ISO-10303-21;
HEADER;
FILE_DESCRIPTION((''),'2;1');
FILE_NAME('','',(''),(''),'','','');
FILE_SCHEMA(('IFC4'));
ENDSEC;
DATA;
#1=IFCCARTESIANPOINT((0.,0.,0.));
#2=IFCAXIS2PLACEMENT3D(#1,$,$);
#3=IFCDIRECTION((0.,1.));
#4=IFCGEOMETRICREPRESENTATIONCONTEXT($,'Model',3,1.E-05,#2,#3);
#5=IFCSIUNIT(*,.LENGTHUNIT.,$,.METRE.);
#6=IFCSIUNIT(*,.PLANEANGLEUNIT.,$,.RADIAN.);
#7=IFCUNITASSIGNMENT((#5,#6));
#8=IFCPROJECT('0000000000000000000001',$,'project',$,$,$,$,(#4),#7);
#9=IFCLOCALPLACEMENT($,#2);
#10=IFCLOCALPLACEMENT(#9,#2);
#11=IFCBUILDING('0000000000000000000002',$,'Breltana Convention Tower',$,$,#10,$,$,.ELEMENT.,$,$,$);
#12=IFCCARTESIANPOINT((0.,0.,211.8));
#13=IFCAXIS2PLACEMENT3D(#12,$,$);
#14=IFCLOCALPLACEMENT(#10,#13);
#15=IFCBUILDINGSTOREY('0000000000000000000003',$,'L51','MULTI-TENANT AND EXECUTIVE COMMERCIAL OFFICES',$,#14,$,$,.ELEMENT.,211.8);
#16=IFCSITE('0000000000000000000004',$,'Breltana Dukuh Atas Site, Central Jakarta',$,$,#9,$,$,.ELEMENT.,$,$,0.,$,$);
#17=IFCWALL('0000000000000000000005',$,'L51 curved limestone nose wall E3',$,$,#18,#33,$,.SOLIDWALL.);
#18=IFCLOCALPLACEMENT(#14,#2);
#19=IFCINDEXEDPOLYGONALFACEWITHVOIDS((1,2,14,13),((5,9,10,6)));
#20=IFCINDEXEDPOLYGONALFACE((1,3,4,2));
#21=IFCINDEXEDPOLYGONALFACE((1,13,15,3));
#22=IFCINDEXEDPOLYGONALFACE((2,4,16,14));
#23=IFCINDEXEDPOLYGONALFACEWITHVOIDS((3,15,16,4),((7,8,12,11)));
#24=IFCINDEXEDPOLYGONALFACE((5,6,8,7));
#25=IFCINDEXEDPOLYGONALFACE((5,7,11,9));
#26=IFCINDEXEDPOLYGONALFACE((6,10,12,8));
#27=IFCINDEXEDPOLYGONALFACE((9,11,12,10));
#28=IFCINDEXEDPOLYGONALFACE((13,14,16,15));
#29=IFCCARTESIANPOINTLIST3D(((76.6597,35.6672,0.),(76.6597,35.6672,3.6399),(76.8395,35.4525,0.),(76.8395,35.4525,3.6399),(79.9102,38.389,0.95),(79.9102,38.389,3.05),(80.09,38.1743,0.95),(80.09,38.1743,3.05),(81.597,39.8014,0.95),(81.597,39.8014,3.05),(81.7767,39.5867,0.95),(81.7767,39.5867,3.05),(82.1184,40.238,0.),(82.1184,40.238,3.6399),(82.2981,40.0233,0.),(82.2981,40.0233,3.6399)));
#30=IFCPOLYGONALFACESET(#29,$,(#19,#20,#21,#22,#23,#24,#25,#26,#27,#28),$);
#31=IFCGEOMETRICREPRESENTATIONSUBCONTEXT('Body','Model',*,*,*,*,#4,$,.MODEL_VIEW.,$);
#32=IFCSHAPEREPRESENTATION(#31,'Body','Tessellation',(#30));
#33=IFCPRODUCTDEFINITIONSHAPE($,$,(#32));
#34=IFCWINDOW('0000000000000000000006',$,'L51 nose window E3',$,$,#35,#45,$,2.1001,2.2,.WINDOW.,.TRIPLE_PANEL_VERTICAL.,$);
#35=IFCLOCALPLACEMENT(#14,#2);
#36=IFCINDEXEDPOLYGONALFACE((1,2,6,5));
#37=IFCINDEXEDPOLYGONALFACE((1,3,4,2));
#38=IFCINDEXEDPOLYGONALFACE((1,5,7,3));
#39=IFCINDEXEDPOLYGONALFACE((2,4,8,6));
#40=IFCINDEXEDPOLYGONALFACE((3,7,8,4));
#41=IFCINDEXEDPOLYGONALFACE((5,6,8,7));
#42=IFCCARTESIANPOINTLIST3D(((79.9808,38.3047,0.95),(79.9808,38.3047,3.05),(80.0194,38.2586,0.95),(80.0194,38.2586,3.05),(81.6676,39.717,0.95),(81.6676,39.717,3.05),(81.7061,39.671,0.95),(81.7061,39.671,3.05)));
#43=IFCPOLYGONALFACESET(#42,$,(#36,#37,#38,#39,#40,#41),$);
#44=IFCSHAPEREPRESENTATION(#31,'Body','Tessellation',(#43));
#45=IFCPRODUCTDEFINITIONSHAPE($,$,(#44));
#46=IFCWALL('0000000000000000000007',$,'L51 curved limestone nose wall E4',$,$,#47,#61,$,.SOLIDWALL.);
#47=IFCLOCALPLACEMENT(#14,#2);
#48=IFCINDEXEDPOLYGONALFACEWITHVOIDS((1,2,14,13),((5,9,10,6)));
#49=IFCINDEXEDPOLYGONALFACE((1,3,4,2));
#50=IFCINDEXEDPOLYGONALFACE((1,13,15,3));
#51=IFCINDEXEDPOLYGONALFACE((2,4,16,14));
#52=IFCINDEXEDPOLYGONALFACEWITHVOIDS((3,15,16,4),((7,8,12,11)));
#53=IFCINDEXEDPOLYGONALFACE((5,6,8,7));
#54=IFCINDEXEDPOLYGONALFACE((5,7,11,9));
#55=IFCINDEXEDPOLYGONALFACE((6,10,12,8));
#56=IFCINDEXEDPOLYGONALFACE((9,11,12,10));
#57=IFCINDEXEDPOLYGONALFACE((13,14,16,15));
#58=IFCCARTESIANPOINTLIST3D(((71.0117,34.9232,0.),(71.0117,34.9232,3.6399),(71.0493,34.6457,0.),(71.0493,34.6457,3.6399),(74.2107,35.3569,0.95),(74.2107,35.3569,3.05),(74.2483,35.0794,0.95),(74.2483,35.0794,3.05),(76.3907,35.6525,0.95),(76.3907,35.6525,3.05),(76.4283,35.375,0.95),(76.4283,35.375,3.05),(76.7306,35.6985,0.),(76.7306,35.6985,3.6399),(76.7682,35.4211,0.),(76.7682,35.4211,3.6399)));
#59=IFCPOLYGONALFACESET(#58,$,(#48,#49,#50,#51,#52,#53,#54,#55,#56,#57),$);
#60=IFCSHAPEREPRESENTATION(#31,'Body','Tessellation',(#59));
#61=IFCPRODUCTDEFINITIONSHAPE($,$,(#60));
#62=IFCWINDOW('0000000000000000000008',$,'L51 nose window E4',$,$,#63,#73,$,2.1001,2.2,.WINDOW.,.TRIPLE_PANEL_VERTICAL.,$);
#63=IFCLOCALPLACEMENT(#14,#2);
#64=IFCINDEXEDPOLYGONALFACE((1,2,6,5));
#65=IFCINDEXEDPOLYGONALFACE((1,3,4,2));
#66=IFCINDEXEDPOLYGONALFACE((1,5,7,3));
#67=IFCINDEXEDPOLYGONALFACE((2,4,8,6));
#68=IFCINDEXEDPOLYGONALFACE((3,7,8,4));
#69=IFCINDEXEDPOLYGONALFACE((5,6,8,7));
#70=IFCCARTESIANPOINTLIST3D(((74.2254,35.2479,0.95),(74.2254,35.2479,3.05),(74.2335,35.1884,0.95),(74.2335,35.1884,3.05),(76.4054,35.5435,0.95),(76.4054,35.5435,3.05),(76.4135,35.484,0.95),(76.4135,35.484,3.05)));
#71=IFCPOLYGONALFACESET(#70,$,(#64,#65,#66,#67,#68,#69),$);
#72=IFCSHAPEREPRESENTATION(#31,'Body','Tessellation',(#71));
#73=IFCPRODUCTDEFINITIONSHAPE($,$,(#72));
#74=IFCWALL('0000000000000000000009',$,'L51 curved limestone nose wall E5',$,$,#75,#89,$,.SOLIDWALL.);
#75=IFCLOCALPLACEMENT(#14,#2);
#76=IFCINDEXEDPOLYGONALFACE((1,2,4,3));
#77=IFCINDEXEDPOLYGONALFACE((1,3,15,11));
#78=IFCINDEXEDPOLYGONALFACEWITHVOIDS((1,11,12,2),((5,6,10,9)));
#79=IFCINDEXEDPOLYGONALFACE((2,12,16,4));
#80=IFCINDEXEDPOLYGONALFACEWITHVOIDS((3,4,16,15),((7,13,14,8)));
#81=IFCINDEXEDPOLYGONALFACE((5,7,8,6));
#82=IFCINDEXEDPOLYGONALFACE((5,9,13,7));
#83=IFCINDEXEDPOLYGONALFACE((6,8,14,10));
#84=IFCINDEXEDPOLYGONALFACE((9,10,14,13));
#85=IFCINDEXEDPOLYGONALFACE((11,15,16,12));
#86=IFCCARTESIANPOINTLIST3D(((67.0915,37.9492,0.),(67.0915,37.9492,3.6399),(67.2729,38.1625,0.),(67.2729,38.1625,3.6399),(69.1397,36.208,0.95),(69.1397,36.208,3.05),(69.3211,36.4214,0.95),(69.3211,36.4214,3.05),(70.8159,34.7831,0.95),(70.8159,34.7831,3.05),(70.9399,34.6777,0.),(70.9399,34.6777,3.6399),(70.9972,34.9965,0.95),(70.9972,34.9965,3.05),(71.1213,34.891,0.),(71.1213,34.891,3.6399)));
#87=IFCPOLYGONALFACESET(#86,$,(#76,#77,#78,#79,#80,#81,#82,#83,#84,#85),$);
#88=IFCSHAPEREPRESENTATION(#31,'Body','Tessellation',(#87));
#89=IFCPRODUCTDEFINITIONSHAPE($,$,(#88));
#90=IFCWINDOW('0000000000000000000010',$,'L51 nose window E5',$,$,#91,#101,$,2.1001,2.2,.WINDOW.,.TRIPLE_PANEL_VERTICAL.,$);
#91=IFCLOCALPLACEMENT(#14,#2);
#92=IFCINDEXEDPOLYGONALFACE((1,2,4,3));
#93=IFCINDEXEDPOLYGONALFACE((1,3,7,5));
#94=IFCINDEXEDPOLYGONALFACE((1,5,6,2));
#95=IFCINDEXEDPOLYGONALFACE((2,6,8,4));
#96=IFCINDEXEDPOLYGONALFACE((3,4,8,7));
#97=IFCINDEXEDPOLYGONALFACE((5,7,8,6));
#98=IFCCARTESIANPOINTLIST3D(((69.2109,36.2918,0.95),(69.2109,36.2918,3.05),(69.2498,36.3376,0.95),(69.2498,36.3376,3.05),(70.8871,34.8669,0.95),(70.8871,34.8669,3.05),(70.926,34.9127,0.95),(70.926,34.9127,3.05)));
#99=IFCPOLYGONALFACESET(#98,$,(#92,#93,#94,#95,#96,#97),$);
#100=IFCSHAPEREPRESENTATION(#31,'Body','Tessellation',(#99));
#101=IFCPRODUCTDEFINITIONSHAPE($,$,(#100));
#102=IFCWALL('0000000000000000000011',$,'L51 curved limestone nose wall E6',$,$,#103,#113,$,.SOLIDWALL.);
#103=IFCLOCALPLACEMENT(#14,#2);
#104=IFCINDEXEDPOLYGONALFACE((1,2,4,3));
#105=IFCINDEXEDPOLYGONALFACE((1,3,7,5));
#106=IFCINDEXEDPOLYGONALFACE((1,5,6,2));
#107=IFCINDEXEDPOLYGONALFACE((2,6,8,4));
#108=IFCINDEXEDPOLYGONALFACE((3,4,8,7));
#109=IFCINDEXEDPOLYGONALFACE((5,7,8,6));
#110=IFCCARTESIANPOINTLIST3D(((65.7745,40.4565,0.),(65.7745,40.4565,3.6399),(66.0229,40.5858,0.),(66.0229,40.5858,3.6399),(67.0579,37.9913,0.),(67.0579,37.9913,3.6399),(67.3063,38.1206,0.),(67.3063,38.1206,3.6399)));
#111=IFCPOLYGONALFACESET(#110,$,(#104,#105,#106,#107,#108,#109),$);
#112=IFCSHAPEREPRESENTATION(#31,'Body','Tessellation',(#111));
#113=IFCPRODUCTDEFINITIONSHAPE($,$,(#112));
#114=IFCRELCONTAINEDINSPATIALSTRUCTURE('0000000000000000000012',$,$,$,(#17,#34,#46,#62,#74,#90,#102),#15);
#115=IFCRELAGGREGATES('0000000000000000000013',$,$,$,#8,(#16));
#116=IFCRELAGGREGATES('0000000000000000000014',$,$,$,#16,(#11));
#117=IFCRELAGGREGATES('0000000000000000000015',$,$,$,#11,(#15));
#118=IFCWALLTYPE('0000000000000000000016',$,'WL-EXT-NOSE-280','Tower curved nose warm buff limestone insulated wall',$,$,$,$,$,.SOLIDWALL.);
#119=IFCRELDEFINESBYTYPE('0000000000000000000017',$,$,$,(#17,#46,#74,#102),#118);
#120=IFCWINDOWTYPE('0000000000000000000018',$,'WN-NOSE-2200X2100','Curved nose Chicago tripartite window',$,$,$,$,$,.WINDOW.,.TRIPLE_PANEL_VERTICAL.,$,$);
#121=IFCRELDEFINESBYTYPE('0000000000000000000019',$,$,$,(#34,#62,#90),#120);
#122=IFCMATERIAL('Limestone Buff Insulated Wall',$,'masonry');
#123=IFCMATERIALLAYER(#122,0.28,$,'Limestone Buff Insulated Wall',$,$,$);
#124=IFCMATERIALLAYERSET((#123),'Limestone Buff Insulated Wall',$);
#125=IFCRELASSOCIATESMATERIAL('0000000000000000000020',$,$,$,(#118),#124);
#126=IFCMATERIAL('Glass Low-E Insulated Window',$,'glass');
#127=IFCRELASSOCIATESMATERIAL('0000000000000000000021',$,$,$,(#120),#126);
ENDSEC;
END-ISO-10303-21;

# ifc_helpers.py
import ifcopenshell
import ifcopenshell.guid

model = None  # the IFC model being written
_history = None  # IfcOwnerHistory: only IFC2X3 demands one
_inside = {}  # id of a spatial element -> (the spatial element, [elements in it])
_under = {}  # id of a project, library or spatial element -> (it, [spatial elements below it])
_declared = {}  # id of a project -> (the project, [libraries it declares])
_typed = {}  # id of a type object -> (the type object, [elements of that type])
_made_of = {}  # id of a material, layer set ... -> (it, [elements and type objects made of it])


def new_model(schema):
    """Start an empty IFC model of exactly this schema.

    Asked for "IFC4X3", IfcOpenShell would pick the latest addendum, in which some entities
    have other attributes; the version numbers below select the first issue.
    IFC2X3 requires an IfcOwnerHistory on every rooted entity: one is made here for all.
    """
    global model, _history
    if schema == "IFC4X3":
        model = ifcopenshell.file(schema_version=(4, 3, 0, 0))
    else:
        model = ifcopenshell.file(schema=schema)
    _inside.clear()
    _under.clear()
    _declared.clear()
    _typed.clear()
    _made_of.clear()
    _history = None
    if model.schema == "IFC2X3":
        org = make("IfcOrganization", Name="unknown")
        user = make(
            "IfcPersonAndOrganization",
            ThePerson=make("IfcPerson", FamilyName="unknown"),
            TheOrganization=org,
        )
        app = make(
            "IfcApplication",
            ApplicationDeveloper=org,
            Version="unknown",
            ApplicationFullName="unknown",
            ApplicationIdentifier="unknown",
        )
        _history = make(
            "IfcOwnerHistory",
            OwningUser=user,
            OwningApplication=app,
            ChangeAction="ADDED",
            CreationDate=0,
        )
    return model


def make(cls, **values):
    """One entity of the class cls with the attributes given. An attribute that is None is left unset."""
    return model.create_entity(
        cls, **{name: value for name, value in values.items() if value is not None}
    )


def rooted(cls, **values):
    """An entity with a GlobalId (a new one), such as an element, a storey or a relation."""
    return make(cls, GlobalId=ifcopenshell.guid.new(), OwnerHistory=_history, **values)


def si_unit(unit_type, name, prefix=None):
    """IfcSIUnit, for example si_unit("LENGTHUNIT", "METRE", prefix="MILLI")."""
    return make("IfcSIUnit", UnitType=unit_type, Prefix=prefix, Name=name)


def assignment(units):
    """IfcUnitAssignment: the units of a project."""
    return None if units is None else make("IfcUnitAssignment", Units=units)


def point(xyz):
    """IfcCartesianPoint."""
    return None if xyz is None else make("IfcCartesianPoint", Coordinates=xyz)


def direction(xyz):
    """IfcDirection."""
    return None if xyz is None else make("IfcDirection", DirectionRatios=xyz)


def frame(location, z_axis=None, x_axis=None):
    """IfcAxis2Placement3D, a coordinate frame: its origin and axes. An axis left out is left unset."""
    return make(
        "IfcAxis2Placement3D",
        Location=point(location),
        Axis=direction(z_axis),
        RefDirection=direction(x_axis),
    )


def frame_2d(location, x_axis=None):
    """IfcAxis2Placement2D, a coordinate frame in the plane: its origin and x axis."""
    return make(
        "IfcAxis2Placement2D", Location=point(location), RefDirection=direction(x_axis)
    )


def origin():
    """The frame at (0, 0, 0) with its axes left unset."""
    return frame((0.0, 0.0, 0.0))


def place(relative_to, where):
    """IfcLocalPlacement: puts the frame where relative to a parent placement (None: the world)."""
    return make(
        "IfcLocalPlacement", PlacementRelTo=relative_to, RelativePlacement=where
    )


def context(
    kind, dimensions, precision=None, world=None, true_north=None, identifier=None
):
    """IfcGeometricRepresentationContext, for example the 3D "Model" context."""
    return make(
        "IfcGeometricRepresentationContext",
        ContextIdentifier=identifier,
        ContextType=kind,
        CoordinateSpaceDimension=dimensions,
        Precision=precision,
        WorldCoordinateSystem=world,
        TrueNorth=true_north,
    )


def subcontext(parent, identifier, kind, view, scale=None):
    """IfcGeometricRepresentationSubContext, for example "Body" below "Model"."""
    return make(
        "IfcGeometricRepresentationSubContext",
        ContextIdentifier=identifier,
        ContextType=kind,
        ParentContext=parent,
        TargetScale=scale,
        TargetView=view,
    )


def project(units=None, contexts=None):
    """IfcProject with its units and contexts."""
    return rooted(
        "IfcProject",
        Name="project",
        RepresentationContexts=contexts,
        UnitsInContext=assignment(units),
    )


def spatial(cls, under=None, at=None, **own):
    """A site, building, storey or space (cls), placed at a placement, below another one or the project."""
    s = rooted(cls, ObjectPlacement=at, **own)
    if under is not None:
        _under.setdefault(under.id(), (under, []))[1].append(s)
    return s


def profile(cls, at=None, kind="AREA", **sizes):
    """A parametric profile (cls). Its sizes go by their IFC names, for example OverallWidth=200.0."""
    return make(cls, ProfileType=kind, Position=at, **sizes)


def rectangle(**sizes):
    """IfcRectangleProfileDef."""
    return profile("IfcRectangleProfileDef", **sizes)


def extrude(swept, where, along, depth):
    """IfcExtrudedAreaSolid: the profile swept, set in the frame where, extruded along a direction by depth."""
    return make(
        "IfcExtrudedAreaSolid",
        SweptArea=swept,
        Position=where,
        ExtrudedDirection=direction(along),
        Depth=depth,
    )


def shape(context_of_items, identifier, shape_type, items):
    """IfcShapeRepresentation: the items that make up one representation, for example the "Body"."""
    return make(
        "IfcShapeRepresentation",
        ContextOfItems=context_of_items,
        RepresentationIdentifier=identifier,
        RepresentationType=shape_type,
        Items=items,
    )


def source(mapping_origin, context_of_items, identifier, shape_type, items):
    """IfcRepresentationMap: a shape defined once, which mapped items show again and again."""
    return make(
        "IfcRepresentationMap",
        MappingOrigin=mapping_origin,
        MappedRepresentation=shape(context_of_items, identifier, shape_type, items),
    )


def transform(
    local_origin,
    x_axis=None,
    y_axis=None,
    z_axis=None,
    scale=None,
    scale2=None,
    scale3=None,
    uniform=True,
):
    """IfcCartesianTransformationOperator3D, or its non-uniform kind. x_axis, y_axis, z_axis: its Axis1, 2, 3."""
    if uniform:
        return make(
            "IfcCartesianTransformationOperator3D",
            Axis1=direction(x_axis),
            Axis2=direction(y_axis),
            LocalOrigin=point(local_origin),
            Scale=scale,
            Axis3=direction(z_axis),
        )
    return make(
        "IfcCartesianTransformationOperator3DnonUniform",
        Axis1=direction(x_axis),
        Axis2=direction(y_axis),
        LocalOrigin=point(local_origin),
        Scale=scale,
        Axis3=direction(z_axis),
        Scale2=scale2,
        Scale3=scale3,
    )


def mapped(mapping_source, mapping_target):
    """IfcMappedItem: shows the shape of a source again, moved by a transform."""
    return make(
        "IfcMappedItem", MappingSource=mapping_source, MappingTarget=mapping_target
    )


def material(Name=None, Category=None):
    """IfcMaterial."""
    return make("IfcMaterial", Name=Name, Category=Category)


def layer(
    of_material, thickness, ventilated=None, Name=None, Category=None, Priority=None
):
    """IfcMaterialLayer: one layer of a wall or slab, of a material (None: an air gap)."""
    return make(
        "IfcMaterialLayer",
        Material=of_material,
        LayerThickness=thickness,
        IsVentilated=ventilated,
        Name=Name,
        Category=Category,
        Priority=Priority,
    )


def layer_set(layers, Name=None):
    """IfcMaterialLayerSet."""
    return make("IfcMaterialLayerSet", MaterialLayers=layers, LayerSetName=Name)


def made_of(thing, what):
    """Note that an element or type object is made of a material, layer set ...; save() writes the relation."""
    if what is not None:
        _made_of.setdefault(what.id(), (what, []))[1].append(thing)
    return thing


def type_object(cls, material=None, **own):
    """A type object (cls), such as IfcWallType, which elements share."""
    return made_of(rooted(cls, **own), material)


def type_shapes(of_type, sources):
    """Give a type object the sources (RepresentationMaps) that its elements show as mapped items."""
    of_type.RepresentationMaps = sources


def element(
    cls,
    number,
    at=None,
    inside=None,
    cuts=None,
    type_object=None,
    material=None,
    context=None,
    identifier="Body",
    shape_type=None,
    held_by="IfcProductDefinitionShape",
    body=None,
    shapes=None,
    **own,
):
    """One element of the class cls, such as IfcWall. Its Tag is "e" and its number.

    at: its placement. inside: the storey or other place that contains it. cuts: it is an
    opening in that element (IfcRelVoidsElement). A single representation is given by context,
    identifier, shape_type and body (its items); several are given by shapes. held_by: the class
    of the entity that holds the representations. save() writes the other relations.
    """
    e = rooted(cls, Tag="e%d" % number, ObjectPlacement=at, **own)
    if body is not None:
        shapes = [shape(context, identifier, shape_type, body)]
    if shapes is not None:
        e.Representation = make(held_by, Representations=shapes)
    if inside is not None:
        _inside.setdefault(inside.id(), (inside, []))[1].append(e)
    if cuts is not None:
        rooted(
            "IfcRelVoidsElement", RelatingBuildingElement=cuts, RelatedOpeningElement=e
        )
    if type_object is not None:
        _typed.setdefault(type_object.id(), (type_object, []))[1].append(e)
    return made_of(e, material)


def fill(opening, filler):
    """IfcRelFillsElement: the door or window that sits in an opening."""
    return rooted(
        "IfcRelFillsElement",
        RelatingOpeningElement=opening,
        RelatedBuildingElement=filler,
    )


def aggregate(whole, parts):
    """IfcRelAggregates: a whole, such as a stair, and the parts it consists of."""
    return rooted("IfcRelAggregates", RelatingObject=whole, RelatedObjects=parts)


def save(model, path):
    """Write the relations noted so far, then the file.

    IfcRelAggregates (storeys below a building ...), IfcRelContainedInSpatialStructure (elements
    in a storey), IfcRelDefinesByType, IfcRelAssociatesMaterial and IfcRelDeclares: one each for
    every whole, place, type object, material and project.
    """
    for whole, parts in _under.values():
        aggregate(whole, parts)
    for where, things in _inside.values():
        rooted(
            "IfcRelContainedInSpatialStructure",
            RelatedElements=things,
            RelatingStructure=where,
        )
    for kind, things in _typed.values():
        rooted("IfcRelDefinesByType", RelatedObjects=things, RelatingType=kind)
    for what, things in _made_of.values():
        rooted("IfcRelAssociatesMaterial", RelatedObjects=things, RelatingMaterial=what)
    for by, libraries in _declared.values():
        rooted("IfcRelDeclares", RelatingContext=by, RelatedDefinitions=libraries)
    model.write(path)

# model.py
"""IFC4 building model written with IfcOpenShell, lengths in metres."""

from ifc_helpers import new_model, si_unit, direction, frame, frame_2d, origin, place, context, subcontext, project, spatial, rectangle, extrude, source, transform, mapped, material, layer, layer_set, type_object, type_shapes, element, fill, save


model = new_model("IFC4")

# Units and contexts
model_context = context("Model", 3, precision=1e-05, world=origin(), true_north=direction((0.0, 1.0)))
body_context = subcontext(model_context, "Body", "Model", "MODEL_VIEW")
ifc_project = project(units=[si_unit("LENGTHUNIT", "METRE"), si_unit("PLANEANGLEUNIT", "RADIAN")], contexts=[model_context])

# Site, building, storey
site_placement = place(None, origin())
site = spatial("IfcSite", under=ifc_project, at=site_placement, Name="Breltana Dukuh Atas Site, Central Jakarta", CompositionType="ELEMENT", RefElevation=0.0)
building_placement = place(site_placement, origin())
building = spatial("IfcBuilding", under=site, at=building_placement, Name="Breltana Convention Tower", CompositionType="ELEMENT")
storey_placement = place(building_placement, frame((0.0, 0.0, 211.8)))
storey = spatial("IfcBuildingStorey", under=building, at=storey_placement, Name="L51", Description="MULTI-TENANT AND EXECUTIVE COMMERCIAL OFFICES", CompositionType="ELEMENT", Elevation=211.8)

# Walls, openings, windows
ifc_material_1 = material(Name="Limestone Buff Insulated Wall", Category="masonry")
ifc_layer_1 = layer(ifc_material_1, 0.28, Name="Limestone Buff Insulated Wall")
ifc_layer_set_1 = layer_set([ifc_layer_1], Name="Limestone Buff Insulated Wall")
wall_type = type_object("IfcWallType", Name="WL-EXT-NOSE-280", Description="Tower curved nose warm buff limestone insulated wall", PredefinedType="SOLIDWALL", material=ifc_layer_set_1)
shared_shape_1 = source(origin(), body_context, "Body", "SweptSolid", [
    extrude(rectangle(XDim=7.1196, YDim=0.28, at=frame_2d((3.5598, 0.0))), origin(), (0.0, 0.0, 1.0), 3.6399),
])
wall_1_placement = place(storey_placement, frame((82.2083, 40.1306, 0.0), z_axis=(0.0, 0.0, 1.0), x_axis=(-0.76671, -0.641994, 0.0)))
wall_1 = element("IfcWall", 1, at=wall_1_placement, inside=storey, type_object=wall_type, Name="L51 curved limestone nose wall E3", PredefinedType="SOLIDWALL", context=body_context, shape_type="MappedRepresentation", body=[
    mapped(shared_shape_1, transform((0.0, 0.0, 0.0), scale=1.0)),
])
opening_1_placement = place(wall_1_placement, frame((0.6799, 0.0, 0.95)))
opening_1 = element("IfcOpeningElement", 2, at=opening_1_placement, cuts=wall_1, PredefinedType="OPENING", context=body_context, shape_type="SweptSolid", body=[
    extrude(rectangle(XDim=2.2, YDim=2.1001, at=frame_2d((1.1001, 1.05))), frame((0.0, 0.1499, 0.0), z_axis=(0.0, -1.0, 0.0), x_axis=(1.0, 0.0, 0.0)), (0.0, 0.0, 1.0), 0.3),
])
ifc_material_2 = material(Name="Glass Low-E Insulated Window", Category="glass")
window_type = type_object("IfcWindowType", Name="WN-NOSE-2200X2100", Description="Curved nose Chicago tripartite window", PartitioningType="TRIPLE_PANEL_VERTICAL", PredefinedType="WINDOW", material=ifc_material_2)
shared_shape_2 = source(origin(), body_context, "Body", "SweptSolid", [
    extrude(rectangle(XDim=2.2, YDim=2.1001, at=frame_2d((1.1001, 1.05))), frame((0.0, 0.03, 0.0), z_axis=(0.0, -1.0, 0.0), x_axis=(1.0, 0.0, 0.0)), (0.0, 0.0, 1.0), 0.0601),
])
type_shapes(window_type, [shared_shape_2])
window_1_placement = place(opening_1_placement, origin())
window_1 = element("IfcWindow", 3, at=window_1_placement, inside=storey, type_object=window_type, Name="L51 nose window E3", OverallHeight=2.1001, OverallWidth=2.2, PartitioningType="TRIPLE_PANEL_VERTICAL", PredefinedType="WINDOW", context=body_context, shape_type="MappedRepresentation", body=[
    mapped(shared_shape_2, transform((0.0, 0.0, 0.0), scale=1.0)),
])
fill(opening_1, window_1)
shared_shape_3 = source(origin(), body_context, "Body", "SweptSolid", [
    extrude(rectangle(XDim=5.7712, YDim=0.28, at=frame_2d((2.8857, 0.0))), origin(), (0.0, 0.0, 1.0), 3.6399),
])
wall_2_placement = place(storey_placement, frame((76.7495, 35.5598, 0.0), z_axis=(0.0, 0.0, 1.0), x_axis=(-0.990934, -0.134352, 0.0)))
wall_2 = element("IfcWall", 4, at=wall_2_placement, inside=storey, type_object=wall_type, Name="L51 curved limestone nose wall E4", PredefinedType="SOLIDWALL", context=body_context, shape_type="MappedRepresentation", body=[
    mapped(shared_shape_3, transform((0.0, 0.0, 0.0), scale=1.0)),
])
opening_2_placement = place(wall_2_placement, frame((0.343, 0.0, 0.95)))
opening_2 = element("IfcOpeningElement", 5, at=opening_2_placement, cuts=wall_2, PredefinedType="OPENING", context=body_context, shape_type="SweptSolid", body=[
    extrude(rectangle(XDim=2.2, YDim=2.1001, at=frame_2d((1.1001, 1.05))), frame((0.0, 0.1499, 0.0), z_axis=(0.0, -1.0, 0.0), x_axis=(1.0, 0.0, 0.0)), (0.0, 0.0, 1.0), 0.3),
])
window_2_placement = place(opening_2_placement, origin())
window_2 = element("IfcWindow", 6, at=window_2_placement, inside=storey, type_object=window_type, Name="L51 nose window E4", OverallHeight=2.1001, OverallWidth=2.2, PartitioningType="TRIPLE_PANEL_VERTICAL", PredefinedType="WINDOW", context=body_context, shape_type="MappedRepresentation", body=[
    mapped(shared_shape_2, transform((0.0, 0.0, 0.0), scale=1.0)),
])
fill(opening_2, window_2)
shared_shape_4 = source(origin(), body_context, "Body", "SweptSolid", [
    extrude(rectangle(XDim=5.051, YDim=0.28, at=frame_2d((2.5254, 0.0))), origin(), (0.0, 0.0, 1.0), 3.6399),
])
wall_3_placement = place(storey_placement, frame((71.0305, 34.7844, 0.0), z_axis=(0.0, 0.0, 1.0), x_axis=(-0.761905, 0.647689, 0.0)))
wall_3 = element("IfcWall", 7, at=wall_3_placement, inside=storey, type_object=wall_type, Name="L51 curved limestone nose wall E5", PredefinedType="SOLIDWALL", context=body_context, shape_type="MappedRepresentation", body=[
    mapped(shared_shape_4, transform((0.0, 0.0, 0.0), scale=1.0)),
])
opening_3_placement = place(wall_3_placement, frame((0.1626, 0.0, 0.95)))
opening_3 = element("IfcOpeningElement", 8, at=opening_3_placement, cuts=wall_3, PredefinedType="OPENING", context=body_context, shape_type="SweptSolid", body=[
    extrude(rectangle(XDim=2.2, YDim=2.1001, at=frame_2d((1.1001, 1.05))), frame((0.0, 0.1499, 0.0), z_axis=(0.0, -1.0, 0.0), x_axis=(1.0, 0.0, 0.0)), (0.0, 0.0, 1.0), 0.3),
])
window_3_placement = place(opening_3_placement, origin())
window_3 = element("IfcWindow", 9, at=window_3_placement, inside=storey, type_object=window_type, Name="L51 nose window E5", OverallHeight=2.1001, OverallWidth=2.2, PartitioningType="TRIPLE_PANEL_VERTICAL", PredefinedType="WINDOW", context=body_context, shape_type="MappedRepresentation", body=[
    mapped(shared_shape_2, transform((0.0, 0.0, 0.0), scale=1.0)),
])
fill(opening_3, window_3)

# Wall
shared_shape_5 = source(origin(), body_context, "Body", "SweptSolid", [
    extrude(rectangle(XDim=2.7793, YDim=0.28, at=frame_2d((1.3896, 0.0))), origin(), (0.0, 0.0, 1.0), 3.6399),
])
wall_4_placement = place(storey_placement, frame((67.1821, 38.0559, 0.0), z_axis=(0.0, 0.0, 1.0), x_axis=(-0.46177, 0.887, 0.0)))
element("IfcWall", 10, at=wall_4_placement, inside=storey, type_object=wall_type, Name="L51 curved limestone nose wall E6", PredefinedType="SOLIDWALL", context=body_context, shape_type="MappedRepresentation", body=[
    mapped(shared_shape_5, transform((0.0, 0.0, 0.0), scale=1.0)),
])

save(model, "model.ifc")
